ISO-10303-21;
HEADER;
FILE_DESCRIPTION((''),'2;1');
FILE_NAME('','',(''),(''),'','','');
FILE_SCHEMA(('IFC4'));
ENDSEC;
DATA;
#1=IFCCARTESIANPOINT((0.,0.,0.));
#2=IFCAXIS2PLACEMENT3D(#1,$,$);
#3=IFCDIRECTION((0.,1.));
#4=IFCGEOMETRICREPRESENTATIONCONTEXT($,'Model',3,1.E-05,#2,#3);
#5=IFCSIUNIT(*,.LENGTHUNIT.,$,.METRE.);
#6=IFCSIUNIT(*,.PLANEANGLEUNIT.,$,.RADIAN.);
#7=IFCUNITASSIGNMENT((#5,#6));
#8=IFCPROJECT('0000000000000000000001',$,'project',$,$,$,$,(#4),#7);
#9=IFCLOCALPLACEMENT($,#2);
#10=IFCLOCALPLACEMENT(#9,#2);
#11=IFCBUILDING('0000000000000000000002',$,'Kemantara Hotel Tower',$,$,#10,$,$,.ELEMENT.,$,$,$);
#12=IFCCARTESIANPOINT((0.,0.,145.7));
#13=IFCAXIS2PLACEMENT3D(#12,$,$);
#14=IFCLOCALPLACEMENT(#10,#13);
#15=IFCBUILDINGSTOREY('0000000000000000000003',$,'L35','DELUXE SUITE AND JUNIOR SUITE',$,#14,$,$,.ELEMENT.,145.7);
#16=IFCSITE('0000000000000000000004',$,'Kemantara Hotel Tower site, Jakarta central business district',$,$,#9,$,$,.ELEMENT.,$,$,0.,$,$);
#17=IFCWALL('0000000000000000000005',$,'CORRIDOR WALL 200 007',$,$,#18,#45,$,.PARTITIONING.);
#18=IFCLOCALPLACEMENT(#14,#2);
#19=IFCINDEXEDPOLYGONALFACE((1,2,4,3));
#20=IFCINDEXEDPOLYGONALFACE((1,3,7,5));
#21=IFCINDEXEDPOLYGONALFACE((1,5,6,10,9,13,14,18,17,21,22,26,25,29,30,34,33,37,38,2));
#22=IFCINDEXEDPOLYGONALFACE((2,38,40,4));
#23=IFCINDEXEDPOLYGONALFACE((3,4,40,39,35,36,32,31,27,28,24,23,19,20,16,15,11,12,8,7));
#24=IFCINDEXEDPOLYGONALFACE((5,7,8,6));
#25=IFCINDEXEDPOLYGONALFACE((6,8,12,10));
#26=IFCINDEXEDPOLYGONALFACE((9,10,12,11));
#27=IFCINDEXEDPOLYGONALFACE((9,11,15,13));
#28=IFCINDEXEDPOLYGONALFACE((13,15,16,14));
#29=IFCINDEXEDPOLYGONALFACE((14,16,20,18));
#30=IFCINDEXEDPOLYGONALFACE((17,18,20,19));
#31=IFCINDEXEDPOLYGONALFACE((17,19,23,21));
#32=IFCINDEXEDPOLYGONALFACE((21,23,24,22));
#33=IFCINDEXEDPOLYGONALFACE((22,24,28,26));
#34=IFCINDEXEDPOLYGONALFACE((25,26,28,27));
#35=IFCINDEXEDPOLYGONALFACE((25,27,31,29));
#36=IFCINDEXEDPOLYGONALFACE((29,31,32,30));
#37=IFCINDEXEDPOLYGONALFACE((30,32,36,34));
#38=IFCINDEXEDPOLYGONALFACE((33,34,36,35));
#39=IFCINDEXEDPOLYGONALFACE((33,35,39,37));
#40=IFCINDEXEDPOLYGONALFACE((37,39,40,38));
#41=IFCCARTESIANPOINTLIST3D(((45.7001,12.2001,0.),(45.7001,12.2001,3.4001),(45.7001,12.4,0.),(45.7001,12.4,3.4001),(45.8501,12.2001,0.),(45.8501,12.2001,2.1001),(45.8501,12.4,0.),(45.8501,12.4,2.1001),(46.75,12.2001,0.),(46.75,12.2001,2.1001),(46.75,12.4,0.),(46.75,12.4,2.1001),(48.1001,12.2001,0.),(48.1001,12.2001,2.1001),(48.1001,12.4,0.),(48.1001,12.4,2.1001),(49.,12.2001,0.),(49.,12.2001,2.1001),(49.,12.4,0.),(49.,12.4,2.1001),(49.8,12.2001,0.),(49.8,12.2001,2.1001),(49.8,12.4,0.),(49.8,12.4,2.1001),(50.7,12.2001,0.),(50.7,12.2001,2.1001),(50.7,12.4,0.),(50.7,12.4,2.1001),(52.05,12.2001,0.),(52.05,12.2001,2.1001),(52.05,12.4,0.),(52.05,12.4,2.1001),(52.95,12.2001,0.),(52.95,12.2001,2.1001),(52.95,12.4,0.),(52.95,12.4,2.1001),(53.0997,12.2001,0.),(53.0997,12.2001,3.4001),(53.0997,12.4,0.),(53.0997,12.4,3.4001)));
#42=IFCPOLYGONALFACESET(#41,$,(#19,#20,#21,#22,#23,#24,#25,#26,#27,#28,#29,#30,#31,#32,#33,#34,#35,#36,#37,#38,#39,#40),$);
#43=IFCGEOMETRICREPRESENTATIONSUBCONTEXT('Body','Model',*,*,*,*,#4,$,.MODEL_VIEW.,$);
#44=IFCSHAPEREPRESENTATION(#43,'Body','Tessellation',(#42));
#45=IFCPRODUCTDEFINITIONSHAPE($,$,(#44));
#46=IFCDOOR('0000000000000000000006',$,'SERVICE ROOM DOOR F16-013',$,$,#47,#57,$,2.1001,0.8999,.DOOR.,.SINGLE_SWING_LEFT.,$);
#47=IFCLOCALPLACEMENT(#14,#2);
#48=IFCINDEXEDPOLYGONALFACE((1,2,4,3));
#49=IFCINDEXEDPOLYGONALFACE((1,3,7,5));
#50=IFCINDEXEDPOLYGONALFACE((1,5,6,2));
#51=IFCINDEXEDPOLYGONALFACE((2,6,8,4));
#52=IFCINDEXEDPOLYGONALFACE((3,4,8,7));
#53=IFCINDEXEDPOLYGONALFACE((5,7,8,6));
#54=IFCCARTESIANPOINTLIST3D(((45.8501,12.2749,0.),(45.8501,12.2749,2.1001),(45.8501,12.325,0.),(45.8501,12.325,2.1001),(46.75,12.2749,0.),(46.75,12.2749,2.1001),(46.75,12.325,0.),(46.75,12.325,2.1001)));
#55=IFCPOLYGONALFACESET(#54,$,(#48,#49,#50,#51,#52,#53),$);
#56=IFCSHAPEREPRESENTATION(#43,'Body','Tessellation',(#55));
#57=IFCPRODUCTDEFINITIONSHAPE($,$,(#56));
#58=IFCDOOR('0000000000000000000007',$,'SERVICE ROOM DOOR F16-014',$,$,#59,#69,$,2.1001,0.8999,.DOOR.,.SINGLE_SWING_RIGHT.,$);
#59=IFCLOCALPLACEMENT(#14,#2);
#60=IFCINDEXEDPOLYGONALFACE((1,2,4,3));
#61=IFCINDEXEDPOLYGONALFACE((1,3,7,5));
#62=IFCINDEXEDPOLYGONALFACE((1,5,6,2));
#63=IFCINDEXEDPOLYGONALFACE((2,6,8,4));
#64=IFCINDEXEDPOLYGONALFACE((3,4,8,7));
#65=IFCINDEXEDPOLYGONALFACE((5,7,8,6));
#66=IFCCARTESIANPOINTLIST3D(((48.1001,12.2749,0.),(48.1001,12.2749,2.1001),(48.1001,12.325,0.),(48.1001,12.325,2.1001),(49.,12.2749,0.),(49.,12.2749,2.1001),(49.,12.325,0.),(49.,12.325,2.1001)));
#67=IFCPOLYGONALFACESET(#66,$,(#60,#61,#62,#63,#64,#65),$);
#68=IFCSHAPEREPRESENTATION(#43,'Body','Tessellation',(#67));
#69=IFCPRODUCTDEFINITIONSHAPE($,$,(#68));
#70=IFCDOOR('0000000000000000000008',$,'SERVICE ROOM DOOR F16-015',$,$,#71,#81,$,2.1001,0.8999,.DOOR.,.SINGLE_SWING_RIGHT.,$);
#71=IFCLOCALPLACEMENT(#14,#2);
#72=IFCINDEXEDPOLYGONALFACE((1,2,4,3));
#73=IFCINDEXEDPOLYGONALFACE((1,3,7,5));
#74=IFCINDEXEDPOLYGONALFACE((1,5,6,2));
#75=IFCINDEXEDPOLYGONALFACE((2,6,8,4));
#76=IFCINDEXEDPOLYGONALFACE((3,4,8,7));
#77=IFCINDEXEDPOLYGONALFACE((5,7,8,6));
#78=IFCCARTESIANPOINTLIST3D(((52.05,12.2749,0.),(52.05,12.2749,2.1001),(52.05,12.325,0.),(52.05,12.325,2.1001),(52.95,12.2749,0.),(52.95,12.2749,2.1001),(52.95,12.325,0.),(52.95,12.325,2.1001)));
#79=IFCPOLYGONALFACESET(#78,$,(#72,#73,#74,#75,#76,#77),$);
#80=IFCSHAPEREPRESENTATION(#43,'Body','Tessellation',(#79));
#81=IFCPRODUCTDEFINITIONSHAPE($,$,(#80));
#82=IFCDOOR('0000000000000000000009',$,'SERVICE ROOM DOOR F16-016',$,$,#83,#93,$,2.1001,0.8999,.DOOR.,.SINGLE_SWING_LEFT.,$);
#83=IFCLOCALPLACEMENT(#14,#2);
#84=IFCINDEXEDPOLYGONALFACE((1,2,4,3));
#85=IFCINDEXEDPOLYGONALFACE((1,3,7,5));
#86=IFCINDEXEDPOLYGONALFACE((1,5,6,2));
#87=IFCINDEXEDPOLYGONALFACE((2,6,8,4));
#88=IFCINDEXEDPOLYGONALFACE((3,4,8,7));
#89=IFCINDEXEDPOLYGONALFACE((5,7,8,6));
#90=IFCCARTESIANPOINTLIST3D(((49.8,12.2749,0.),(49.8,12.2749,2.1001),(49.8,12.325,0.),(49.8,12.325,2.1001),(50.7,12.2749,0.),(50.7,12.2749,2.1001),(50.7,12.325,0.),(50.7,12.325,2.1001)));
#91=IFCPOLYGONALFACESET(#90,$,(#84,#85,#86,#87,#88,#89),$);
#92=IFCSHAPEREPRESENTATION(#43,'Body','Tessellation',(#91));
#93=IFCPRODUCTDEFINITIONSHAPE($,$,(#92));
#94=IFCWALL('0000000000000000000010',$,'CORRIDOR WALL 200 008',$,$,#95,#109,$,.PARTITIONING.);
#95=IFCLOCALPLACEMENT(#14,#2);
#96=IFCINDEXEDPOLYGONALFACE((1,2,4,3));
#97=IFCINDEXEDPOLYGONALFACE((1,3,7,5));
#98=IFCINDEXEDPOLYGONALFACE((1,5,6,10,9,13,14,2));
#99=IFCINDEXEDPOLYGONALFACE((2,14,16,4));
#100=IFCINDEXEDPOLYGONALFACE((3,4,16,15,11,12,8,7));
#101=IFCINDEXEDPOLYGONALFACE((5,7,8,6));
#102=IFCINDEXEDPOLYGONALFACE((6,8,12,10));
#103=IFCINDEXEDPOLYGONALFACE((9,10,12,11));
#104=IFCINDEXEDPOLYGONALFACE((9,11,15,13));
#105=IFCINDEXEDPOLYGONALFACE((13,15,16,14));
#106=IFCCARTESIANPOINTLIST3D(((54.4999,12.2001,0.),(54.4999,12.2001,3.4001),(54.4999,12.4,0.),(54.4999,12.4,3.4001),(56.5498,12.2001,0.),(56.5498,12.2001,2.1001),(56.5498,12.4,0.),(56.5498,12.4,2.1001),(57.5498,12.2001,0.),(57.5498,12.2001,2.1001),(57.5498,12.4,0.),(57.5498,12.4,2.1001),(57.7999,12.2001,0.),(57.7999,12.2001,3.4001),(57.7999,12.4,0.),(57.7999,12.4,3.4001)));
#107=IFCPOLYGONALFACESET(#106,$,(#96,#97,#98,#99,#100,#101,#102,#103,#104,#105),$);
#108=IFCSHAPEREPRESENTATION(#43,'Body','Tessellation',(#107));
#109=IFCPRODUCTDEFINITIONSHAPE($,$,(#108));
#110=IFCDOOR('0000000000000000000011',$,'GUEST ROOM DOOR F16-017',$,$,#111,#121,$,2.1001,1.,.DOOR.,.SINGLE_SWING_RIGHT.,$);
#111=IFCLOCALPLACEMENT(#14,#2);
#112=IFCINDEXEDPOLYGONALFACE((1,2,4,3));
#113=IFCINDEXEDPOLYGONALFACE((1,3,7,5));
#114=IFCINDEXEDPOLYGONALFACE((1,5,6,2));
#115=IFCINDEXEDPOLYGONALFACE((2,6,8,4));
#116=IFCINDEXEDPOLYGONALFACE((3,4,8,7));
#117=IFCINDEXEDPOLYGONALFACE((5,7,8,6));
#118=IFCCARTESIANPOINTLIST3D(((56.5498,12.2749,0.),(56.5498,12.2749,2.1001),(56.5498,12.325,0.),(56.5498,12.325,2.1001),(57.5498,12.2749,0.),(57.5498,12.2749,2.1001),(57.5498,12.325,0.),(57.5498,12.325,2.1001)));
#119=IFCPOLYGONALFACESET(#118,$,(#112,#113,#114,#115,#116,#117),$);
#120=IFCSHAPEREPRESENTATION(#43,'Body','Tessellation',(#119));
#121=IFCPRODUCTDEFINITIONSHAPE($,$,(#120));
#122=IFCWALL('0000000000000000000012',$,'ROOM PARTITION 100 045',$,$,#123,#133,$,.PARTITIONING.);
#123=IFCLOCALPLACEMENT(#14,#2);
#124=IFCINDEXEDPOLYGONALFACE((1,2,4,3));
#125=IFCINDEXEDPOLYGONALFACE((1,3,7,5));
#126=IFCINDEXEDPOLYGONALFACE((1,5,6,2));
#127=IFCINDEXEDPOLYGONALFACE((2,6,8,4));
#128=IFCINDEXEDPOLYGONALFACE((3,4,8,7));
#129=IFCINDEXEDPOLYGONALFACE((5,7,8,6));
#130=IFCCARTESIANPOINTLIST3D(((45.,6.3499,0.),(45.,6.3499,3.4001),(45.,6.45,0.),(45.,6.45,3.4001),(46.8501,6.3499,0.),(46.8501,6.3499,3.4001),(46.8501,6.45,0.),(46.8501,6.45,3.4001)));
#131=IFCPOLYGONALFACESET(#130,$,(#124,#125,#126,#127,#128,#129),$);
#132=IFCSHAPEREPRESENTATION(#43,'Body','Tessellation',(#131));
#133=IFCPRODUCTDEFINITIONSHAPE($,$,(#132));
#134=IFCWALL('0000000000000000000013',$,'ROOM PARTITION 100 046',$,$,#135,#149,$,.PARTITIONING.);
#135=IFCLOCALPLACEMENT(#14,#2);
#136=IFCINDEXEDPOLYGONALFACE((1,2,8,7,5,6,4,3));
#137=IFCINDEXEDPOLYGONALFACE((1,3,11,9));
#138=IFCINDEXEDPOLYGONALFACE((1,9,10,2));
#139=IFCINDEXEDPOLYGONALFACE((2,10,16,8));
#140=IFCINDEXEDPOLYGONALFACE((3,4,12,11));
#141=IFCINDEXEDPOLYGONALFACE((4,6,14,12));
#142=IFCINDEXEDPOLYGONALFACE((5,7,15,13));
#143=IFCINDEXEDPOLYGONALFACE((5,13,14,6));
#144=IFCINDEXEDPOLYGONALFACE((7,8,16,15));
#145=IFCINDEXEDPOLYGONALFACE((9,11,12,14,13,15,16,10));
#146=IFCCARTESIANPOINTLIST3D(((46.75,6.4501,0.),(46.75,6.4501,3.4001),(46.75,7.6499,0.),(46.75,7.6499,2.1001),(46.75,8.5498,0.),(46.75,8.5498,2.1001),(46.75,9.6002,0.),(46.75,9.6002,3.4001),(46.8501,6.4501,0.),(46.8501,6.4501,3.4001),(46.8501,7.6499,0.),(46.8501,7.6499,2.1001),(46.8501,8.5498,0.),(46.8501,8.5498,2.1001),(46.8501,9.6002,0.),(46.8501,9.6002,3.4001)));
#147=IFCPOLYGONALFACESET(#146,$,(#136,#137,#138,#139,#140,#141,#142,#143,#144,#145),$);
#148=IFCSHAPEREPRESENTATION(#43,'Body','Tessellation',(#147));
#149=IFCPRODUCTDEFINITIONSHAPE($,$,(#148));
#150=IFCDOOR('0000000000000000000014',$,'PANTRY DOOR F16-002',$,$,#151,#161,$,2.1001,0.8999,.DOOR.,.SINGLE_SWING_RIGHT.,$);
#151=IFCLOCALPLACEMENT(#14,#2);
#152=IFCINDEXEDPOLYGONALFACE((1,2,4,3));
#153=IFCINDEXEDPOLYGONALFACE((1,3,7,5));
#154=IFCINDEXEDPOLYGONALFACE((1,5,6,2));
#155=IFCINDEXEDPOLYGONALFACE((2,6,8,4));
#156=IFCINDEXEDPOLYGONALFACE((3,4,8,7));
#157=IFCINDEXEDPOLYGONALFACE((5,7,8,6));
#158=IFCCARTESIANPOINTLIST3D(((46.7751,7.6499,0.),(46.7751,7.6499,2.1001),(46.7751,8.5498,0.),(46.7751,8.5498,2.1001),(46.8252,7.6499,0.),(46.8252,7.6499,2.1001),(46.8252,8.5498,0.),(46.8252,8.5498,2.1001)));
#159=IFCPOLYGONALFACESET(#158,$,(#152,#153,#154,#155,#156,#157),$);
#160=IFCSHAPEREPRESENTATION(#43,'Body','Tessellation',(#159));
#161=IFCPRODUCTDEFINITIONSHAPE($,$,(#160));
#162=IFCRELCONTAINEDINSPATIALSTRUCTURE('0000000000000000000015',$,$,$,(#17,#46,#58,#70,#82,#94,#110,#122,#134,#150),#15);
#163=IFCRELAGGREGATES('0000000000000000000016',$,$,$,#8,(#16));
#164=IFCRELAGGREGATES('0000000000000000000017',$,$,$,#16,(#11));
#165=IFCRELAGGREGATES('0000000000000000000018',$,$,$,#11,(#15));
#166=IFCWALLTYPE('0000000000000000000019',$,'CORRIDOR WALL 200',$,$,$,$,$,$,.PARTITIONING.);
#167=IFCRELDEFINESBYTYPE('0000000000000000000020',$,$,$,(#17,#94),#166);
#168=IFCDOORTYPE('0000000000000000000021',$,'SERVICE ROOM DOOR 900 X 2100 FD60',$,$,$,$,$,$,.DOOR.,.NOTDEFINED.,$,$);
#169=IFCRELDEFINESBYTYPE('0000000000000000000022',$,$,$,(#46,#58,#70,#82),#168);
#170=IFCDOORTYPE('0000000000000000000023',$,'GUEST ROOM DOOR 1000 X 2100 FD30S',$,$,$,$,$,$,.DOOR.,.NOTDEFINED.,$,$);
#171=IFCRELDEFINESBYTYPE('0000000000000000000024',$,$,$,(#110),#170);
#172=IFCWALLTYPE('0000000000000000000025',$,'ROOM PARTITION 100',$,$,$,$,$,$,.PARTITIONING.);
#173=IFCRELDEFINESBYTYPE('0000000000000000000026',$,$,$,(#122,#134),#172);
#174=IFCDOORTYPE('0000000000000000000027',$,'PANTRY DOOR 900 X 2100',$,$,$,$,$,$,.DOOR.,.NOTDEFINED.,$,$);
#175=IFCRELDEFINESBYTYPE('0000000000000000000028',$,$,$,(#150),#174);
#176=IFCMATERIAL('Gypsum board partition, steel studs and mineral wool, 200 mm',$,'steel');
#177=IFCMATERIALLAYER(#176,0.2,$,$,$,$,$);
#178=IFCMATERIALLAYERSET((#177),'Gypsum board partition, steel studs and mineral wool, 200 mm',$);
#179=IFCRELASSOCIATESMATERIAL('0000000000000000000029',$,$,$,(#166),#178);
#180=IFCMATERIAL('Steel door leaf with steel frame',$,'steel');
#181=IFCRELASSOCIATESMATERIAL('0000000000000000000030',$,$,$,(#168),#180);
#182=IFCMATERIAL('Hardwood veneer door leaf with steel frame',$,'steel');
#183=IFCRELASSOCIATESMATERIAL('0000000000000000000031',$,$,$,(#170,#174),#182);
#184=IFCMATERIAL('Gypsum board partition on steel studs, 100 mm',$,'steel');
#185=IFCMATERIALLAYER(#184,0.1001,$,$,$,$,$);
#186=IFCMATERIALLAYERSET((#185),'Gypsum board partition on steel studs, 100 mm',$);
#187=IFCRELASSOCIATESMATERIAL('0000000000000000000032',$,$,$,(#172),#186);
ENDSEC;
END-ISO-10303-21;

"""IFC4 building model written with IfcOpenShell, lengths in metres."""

from ifc_helpers import new_model, si_unit, direction, frame, frame_2d, origin, place, context, subcontext, project, spatial, rectangle, extrude, material, layer, layer_set, type_object, element, fill, save


model = new_model("IFC4")

# Units and contexts
model_context = context("Model", 3, precision=1e-05, world=origin(), true_north=direction((0.0, 1.0)))
body_context = subcontext(model_context, "Body", "Model", "MODEL_VIEW")
ifc_project = project(units=[si_unit("LENGTHUNIT", "METRE"), si_unit("PLANEANGLEUNIT", "RADIAN")], contexts=[model_context])

# Site, building, storey
site_placement = place(None, origin())
site = spatial("IfcSite", under=ifc_project, at=site_placement, Name="Kemantara Hotel Tower site, Jakarta central business district", CompositionType="ELEMENT", RefElevation=0.0)
building_placement = place(site_placement, origin())
building = spatial("IfcBuilding", under=site, at=building_placement, Name="Kemantara Hotel Tower", CompositionType="ELEMENT")
storey_placement = place(building_placement, frame((0.0, 0.0, 145.7)))
storey = spatial("IfcBuildingStorey", under=building, at=storey_placement, Name="L35", Description="DELUXE SUITE AND JUNIOR SUITE", CompositionType="ELEMENT", Elevation=145.7)

# Shared definitions
ifc_material_1 = material(Name="Gypsum board partition, steel studs and mineral wool, 200 mm", Category="steel")
ifc_layer_1 = layer(ifc_material_1, 0.2)
ifc_layer_set_1 = layer_set([ifc_layer_1], Name="Gypsum board partition, steel studs and mineral wool, 200 mm")
wall_type_1 = type_object("IfcWallType", Name="CORRIDOR WALL 200", PredefinedType="PARTITIONING", material=ifc_layer_set_1)

# Wall, openings, doors
wall_1_placement = place(storey_placement, frame((45.7002, 12.3, 0.0), z_axis=(0.0, 0.0, 1.0), x_axis=(1.0, 0.0, 0.0)))
wall_1 = element("IfcWall", 1, at=wall_1_placement, inside=storey, type_object=wall_type_1, Name="CORRIDOR WALL 200 007", PredefinedType="PARTITIONING", context=body_context, shape_type="SweptSolid", body=[
    extrude(rectangle(XDim=7.3997, YDim=0.2, at=frame_2d((3.6997, 0.0))), origin(), (0.0, 0.0, 1.0), 3.4001),
])
opening_1_placement = place(wall_1_placement, frame((0.1499, 0.0, 0.0)))
opening_1 = element("IfcOpeningElement", 2, at=opening_1_placement, cuts=wall_1, PredefinedType="OPENING", context=body_context, shape_type="SweptSolid", body=[
    extrude(rectangle(XDim=0.8999, YDim=2.1001, at=frame_2d((0.45, 1.05))), frame((0.0, 0.1099, 0.0), z_axis=(0.0, -1.0, 0.0), x_axis=(1.0, 0.0, 0.0)), (0.0, 0.0, 1.0), 0.22),
])
opening_2_placement = place(wall_1_placement, frame((2.3999, 0.0, 0.0)))
opening_2 = element("IfcOpeningElement", 3, at=opening_2_placement, cuts=wall_1, PredefinedType="OPENING", context=body_context, shape_type="SweptSolid", body=[
    extrude(rectangle(XDim=0.8999, YDim=2.1001, at=frame_2d((0.45, 1.05))), frame((0.0, 0.1099, 0.0), z_axis=(0.0, -1.0, 0.0), x_axis=(1.0, 0.0, 0.0)), (0.0, 0.0, 1.0), 0.22),
])
opening_3_placement = place(wall_1_placement, frame((6.3499, 0.0, 0.0)))
opening_3 = element("IfcOpeningElement", 4, at=opening_3_placement, cuts=wall_1, PredefinedType="OPENING", context=body_context, shape_type="SweptSolid", body=[
    extrude(rectangle(XDim=0.8999, YDim=2.1001, at=frame_2d((0.45, 1.05))), frame((0.0, 0.1099, 0.0), z_axis=(0.0, -1.0, 0.0), x_axis=(1.0, 0.0, 0.0)), (0.0, 0.0, 1.0), 0.22),
])
opening_4_placement = place(wall_1_placement, frame((4.0999, 0.0, 0.0)))
opening_4 = element("IfcOpeningElement", 5, at=opening_4_placement, cuts=wall_1, PredefinedType="OPENING", context=body_context, shape_type="SweptSolid", body=[
    extrude(rectangle(XDim=0.8999, YDim=2.1001, at=frame_2d((0.45, 1.05))), frame((0.0, 0.1099, 0.0), z_axis=(0.0, -1.0, 0.0), x_axis=(1.0, 0.0, 0.0)), (0.0, 0.0, 1.0), 0.22),
])
ifc_material_2 = material(Name="Steel door leaf with steel frame", Category="steel")
door_type_1 = type_object("IfcDoorType", Name="SERVICE ROOM DOOR 900 X 2100 FD60", OperationType="NOTDEFINED", PredefinedType="DOOR", material=ifc_material_2)
door_1_placement = place(opening_1_placement, origin())
door_1 = element("IfcDoor", 6, at=door_1_placement, inside=storey, type_object=door_type_1, Name="SERVICE ROOM DOOR F16-013", OperationType="SINGLE_SWING_LEFT", OverallHeight=2.1001, OverallWidth=0.8999, PredefinedType="DOOR", context=body_context, shape_type="SweptSolid", body=[
    extrude(rectangle(XDim=0.8999, YDim=2.1001, at=frame_2d((0.45, 1.05))), frame((0.0, 0.0249, 0.0), z_axis=(0.0, -1.0, 0.0), x_axis=(1.0, 0.0, 0.0)), (0.0, 0.0, 1.0), 0.05),
])
fill(opening_1, door_1)
door_2_placement = place(opening_2_placement, origin())
door_2 = element("IfcDoor", 7, at=door_2_placement, inside=storey, type_object=door_type_1, Name="SERVICE ROOM DOOR F16-014", OperationType="SINGLE_SWING_RIGHT", OverallHeight=2.1001, OverallWidth=0.8999, PredefinedType="DOOR", context=body_context, shape_type="SweptSolid", body=[
    extrude(rectangle(XDim=0.8999, YDim=2.1001, at=frame_2d((0.45, 1.05))), frame((0.0, 0.0249, 0.0), z_axis=(0.0, -1.0, 0.0), x_axis=(1.0, 0.0, 0.0)), (0.0, 0.0, 1.0), 0.05),
])
fill(opening_2, door_2)
door_3_placement = place(opening_3_placement, origin())
door_3 = element("IfcDoor", 8, at=door_3_placement, inside=storey, type_object=door_type_1, Name="SERVICE ROOM DOOR F16-015", OperationType="SINGLE_SWING_RIGHT", OverallHeight=2.1001, OverallWidth=0.8999, PredefinedType="DOOR", context=body_context, shape_type="SweptSolid", body=[
    extrude(rectangle(XDim=0.8999, YDim=2.1001, at=frame_2d((0.45, 1.05))), frame((0.0, 0.0249, 0.0), z_axis=(0.0, -1.0, 0.0), x_axis=(1.0, 0.0, 0.0)), (0.0, 0.0, 1.0), 0.05),
])
fill(opening_3, door_3)
door_4_placement = place(opening_4_placement, origin())
door_4 = element("IfcDoor", 9, at=door_4_placement, inside=storey, type_object=door_type_1, Name="SERVICE ROOM DOOR F16-016", OperationType="SINGLE_SWING_LEFT", OverallHeight=2.1001, OverallWidth=0.8999, PredefinedType="DOOR", context=body_context, shape_type="SweptSolid", body=[
    extrude(rectangle(XDim=0.8999, YDim=2.1001, at=frame_2d((0.45, 1.05))), frame((0.0, 0.0249, 0.0), z_axis=(0.0, -1.0, 0.0), x_axis=(1.0, 0.0, 0.0)), (0.0, 0.0, 1.0), 0.05),
])
fill(opening_4, door_4)

# Wall, opening, door
wall_2_placement = place(storey_placement, frame((54.5, 12.3, 0.0), z_axis=(0.0, 0.0, 1.0), x_axis=(1.0, 0.0, 0.0)))
wall_2 = element("IfcWall", 10, at=wall_2_placement, inside=storey, type_object=wall_type_1, Name="CORRIDOR WALL 200 008", PredefinedType="PARTITIONING", context=body_context, shape_type="SweptSolid", body=[
    extrude(rectangle(XDim=3.3, YDim=0.2, at=frame_2d((1.6499, 0.0))), origin(), (0.0, 0.0, 1.0), 3.4001),
])
opening_5_placement = place(wall_2_placement, frame((2.0498, 0.0, 0.0)))
opening_5 = element("IfcOpeningElement", 11, at=opening_5_placement, cuts=wall_2, PredefinedType="OPENING", context=body_context, shape_type="SweptSolid", body=[
    extrude(rectangle(XDim=1.0, YDim=2.1001, at=frame_2d((0.5, 1.05))), frame((0.0, 0.1099, 0.0), z_axis=(0.0, -1.0, 0.0), x_axis=(1.0, 0.0, 0.0)), (0.0, 0.0, 1.0), 0.22),
])
ifc_material_3 = material(Name="Hardwood veneer door leaf with steel frame", Category="steel")
door_type_2 = type_object("IfcDoorType", Name="GUEST ROOM DOOR 1000 X 2100 FD30S", OperationType="NOTDEFINED", PredefinedType="DOOR", material=ifc_material_3)
door_5_placement = place(opening_5_placement, origin())
door_5 = element("IfcDoor", 12, at=door_5_placement, inside=storey, type_object=door_type_2, Name="GUEST ROOM DOOR F16-017", OperationType="SINGLE_SWING_RIGHT", OverallHeight=2.1001, OverallWidth=1.0, PredefinedType="DOOR", context=body_context, shape_type="SweptSolid", body=[
    extrude(rectangle(XDim=1.0, YDim=2.1001, at=frame_2d((0.5, 1.05))), frame((0.0, 0.0249, 0.0), z_axis=(0.0, -1.0, 0.0), x_axis=(1.0, 0.0, 0.0)), (0.0, 0.0, 1.0), 0.05),
])
fill(opening_5, door_5)

# Wall
ifc_material_4 = material(Name="Gypsum board partition on steel studs, 100 mm", Category="steel")
ifc_layer_2 = layer(ifc_material_4, 0.1001)
ifc_layer_set_2 = layer_set([ifc_layer_2], Name="Gypsum board partition on steel studs, 100 mm")
wall_type_2 = type_object("IfcWallType", Name="ROOM PARTITION 100", PredefinedType="PARTITIONING", material=ifc_layer_set_2)
wall_3_placement = place(storey_placement, frame((45.0, 6.3999, 0.0), z_axis=(0.0, 0.0, 1.0), x_axis=(1.0, 0.0, 0.0)))
element("IfcWall", 13, at=wall_3_placement, inside=storey, type_object=wall_type_2, Name="ROOM PARTITION 100 045", PredefinedType="PARTITIONING", context=body_context, shape_type="SweptSolid", body=[
    extrude(rectangle(XDim=1.8501, YDim=0.1001, at=frame_2d((0.925, 0.0))), origin(), (0.0, 0.0, 1.0), 3.4001),
])

# Wall, opening, door
wall_4_placement = place(storey_placement, frame((46.8, 6.45, 0.0), z_axis=(0.0, 0.0, 1.0), x_axis=(0.0, 1.0, 0.0)))
wall_4 = element("IfcWall", 14, at=wall_4_placement, inside=storey, type_object=wall_type_2, Name="ROOM PARTITION 100 046", PredefinedType="PARTITIONING", context=body_context, shape_type="SweptSolid", body=[
    extrude(rectangle(XDim=3.1501, YDim=0.1001, at=frame_2d((1.5752, 0.0))), origin(), (0.0, 0.0, 1.0), 3.4001),
])
opening_6_placement = place(wall_4_placement, frame((1.2, 0.0, 0.0)))
opening_6 = element("IfcOpeningElement", 15, at=opening_6_placement, cuts=wall_4, PredefinedType="OPENING", context=body_context, shape_type="SweptSolid", body=[
    extrude(rectangle(XDim=0.8999, YDim=2.1001, at=frame_2d((0.45, 1.05))), frame((0.0, 0.0601, 0.0), z_axis=(0.0, -1.0, 0.0), x_axis=(1.0, 0.0, 0.0)), (0.0, 0.0, 1.0), 0.1201),
])
door_type_3 = type_object("IfcDoorType", Name="PANTRY DOOR 900 X 2100", OperationType="NOTDEFINED", PredefinedType="DOOR", material=ifc_material_3)
door_6_placement = place(opening_6_placement, origin())
door_6 = element("IfcDoor", 16, at=door_6_placement, inside=storey, type_object=door_type_3, Name="PANTRY DOOR F16-002", OperationType="SINGLE_SWING_RIGHT", OverallHeight=2.1001, OverallWidth=0.8999, PredefinedType="DOOR", context=body_context, shape_type="SweptSolid", body=[
    extrude(rectangle(XDim=0.8999, YDim=2.1001, at=frame_2d((0.45, 1.05))), frame((0.0, 0.0249, 0.0), z_axis=(0.0, -1.0, 0.0), x_axis=(1.0, 0.0, 0.0)), (0.0, 0.0, 1.0), 0.05),
])
fill(opening_6, door_6)

save(model, "model.ifc")
